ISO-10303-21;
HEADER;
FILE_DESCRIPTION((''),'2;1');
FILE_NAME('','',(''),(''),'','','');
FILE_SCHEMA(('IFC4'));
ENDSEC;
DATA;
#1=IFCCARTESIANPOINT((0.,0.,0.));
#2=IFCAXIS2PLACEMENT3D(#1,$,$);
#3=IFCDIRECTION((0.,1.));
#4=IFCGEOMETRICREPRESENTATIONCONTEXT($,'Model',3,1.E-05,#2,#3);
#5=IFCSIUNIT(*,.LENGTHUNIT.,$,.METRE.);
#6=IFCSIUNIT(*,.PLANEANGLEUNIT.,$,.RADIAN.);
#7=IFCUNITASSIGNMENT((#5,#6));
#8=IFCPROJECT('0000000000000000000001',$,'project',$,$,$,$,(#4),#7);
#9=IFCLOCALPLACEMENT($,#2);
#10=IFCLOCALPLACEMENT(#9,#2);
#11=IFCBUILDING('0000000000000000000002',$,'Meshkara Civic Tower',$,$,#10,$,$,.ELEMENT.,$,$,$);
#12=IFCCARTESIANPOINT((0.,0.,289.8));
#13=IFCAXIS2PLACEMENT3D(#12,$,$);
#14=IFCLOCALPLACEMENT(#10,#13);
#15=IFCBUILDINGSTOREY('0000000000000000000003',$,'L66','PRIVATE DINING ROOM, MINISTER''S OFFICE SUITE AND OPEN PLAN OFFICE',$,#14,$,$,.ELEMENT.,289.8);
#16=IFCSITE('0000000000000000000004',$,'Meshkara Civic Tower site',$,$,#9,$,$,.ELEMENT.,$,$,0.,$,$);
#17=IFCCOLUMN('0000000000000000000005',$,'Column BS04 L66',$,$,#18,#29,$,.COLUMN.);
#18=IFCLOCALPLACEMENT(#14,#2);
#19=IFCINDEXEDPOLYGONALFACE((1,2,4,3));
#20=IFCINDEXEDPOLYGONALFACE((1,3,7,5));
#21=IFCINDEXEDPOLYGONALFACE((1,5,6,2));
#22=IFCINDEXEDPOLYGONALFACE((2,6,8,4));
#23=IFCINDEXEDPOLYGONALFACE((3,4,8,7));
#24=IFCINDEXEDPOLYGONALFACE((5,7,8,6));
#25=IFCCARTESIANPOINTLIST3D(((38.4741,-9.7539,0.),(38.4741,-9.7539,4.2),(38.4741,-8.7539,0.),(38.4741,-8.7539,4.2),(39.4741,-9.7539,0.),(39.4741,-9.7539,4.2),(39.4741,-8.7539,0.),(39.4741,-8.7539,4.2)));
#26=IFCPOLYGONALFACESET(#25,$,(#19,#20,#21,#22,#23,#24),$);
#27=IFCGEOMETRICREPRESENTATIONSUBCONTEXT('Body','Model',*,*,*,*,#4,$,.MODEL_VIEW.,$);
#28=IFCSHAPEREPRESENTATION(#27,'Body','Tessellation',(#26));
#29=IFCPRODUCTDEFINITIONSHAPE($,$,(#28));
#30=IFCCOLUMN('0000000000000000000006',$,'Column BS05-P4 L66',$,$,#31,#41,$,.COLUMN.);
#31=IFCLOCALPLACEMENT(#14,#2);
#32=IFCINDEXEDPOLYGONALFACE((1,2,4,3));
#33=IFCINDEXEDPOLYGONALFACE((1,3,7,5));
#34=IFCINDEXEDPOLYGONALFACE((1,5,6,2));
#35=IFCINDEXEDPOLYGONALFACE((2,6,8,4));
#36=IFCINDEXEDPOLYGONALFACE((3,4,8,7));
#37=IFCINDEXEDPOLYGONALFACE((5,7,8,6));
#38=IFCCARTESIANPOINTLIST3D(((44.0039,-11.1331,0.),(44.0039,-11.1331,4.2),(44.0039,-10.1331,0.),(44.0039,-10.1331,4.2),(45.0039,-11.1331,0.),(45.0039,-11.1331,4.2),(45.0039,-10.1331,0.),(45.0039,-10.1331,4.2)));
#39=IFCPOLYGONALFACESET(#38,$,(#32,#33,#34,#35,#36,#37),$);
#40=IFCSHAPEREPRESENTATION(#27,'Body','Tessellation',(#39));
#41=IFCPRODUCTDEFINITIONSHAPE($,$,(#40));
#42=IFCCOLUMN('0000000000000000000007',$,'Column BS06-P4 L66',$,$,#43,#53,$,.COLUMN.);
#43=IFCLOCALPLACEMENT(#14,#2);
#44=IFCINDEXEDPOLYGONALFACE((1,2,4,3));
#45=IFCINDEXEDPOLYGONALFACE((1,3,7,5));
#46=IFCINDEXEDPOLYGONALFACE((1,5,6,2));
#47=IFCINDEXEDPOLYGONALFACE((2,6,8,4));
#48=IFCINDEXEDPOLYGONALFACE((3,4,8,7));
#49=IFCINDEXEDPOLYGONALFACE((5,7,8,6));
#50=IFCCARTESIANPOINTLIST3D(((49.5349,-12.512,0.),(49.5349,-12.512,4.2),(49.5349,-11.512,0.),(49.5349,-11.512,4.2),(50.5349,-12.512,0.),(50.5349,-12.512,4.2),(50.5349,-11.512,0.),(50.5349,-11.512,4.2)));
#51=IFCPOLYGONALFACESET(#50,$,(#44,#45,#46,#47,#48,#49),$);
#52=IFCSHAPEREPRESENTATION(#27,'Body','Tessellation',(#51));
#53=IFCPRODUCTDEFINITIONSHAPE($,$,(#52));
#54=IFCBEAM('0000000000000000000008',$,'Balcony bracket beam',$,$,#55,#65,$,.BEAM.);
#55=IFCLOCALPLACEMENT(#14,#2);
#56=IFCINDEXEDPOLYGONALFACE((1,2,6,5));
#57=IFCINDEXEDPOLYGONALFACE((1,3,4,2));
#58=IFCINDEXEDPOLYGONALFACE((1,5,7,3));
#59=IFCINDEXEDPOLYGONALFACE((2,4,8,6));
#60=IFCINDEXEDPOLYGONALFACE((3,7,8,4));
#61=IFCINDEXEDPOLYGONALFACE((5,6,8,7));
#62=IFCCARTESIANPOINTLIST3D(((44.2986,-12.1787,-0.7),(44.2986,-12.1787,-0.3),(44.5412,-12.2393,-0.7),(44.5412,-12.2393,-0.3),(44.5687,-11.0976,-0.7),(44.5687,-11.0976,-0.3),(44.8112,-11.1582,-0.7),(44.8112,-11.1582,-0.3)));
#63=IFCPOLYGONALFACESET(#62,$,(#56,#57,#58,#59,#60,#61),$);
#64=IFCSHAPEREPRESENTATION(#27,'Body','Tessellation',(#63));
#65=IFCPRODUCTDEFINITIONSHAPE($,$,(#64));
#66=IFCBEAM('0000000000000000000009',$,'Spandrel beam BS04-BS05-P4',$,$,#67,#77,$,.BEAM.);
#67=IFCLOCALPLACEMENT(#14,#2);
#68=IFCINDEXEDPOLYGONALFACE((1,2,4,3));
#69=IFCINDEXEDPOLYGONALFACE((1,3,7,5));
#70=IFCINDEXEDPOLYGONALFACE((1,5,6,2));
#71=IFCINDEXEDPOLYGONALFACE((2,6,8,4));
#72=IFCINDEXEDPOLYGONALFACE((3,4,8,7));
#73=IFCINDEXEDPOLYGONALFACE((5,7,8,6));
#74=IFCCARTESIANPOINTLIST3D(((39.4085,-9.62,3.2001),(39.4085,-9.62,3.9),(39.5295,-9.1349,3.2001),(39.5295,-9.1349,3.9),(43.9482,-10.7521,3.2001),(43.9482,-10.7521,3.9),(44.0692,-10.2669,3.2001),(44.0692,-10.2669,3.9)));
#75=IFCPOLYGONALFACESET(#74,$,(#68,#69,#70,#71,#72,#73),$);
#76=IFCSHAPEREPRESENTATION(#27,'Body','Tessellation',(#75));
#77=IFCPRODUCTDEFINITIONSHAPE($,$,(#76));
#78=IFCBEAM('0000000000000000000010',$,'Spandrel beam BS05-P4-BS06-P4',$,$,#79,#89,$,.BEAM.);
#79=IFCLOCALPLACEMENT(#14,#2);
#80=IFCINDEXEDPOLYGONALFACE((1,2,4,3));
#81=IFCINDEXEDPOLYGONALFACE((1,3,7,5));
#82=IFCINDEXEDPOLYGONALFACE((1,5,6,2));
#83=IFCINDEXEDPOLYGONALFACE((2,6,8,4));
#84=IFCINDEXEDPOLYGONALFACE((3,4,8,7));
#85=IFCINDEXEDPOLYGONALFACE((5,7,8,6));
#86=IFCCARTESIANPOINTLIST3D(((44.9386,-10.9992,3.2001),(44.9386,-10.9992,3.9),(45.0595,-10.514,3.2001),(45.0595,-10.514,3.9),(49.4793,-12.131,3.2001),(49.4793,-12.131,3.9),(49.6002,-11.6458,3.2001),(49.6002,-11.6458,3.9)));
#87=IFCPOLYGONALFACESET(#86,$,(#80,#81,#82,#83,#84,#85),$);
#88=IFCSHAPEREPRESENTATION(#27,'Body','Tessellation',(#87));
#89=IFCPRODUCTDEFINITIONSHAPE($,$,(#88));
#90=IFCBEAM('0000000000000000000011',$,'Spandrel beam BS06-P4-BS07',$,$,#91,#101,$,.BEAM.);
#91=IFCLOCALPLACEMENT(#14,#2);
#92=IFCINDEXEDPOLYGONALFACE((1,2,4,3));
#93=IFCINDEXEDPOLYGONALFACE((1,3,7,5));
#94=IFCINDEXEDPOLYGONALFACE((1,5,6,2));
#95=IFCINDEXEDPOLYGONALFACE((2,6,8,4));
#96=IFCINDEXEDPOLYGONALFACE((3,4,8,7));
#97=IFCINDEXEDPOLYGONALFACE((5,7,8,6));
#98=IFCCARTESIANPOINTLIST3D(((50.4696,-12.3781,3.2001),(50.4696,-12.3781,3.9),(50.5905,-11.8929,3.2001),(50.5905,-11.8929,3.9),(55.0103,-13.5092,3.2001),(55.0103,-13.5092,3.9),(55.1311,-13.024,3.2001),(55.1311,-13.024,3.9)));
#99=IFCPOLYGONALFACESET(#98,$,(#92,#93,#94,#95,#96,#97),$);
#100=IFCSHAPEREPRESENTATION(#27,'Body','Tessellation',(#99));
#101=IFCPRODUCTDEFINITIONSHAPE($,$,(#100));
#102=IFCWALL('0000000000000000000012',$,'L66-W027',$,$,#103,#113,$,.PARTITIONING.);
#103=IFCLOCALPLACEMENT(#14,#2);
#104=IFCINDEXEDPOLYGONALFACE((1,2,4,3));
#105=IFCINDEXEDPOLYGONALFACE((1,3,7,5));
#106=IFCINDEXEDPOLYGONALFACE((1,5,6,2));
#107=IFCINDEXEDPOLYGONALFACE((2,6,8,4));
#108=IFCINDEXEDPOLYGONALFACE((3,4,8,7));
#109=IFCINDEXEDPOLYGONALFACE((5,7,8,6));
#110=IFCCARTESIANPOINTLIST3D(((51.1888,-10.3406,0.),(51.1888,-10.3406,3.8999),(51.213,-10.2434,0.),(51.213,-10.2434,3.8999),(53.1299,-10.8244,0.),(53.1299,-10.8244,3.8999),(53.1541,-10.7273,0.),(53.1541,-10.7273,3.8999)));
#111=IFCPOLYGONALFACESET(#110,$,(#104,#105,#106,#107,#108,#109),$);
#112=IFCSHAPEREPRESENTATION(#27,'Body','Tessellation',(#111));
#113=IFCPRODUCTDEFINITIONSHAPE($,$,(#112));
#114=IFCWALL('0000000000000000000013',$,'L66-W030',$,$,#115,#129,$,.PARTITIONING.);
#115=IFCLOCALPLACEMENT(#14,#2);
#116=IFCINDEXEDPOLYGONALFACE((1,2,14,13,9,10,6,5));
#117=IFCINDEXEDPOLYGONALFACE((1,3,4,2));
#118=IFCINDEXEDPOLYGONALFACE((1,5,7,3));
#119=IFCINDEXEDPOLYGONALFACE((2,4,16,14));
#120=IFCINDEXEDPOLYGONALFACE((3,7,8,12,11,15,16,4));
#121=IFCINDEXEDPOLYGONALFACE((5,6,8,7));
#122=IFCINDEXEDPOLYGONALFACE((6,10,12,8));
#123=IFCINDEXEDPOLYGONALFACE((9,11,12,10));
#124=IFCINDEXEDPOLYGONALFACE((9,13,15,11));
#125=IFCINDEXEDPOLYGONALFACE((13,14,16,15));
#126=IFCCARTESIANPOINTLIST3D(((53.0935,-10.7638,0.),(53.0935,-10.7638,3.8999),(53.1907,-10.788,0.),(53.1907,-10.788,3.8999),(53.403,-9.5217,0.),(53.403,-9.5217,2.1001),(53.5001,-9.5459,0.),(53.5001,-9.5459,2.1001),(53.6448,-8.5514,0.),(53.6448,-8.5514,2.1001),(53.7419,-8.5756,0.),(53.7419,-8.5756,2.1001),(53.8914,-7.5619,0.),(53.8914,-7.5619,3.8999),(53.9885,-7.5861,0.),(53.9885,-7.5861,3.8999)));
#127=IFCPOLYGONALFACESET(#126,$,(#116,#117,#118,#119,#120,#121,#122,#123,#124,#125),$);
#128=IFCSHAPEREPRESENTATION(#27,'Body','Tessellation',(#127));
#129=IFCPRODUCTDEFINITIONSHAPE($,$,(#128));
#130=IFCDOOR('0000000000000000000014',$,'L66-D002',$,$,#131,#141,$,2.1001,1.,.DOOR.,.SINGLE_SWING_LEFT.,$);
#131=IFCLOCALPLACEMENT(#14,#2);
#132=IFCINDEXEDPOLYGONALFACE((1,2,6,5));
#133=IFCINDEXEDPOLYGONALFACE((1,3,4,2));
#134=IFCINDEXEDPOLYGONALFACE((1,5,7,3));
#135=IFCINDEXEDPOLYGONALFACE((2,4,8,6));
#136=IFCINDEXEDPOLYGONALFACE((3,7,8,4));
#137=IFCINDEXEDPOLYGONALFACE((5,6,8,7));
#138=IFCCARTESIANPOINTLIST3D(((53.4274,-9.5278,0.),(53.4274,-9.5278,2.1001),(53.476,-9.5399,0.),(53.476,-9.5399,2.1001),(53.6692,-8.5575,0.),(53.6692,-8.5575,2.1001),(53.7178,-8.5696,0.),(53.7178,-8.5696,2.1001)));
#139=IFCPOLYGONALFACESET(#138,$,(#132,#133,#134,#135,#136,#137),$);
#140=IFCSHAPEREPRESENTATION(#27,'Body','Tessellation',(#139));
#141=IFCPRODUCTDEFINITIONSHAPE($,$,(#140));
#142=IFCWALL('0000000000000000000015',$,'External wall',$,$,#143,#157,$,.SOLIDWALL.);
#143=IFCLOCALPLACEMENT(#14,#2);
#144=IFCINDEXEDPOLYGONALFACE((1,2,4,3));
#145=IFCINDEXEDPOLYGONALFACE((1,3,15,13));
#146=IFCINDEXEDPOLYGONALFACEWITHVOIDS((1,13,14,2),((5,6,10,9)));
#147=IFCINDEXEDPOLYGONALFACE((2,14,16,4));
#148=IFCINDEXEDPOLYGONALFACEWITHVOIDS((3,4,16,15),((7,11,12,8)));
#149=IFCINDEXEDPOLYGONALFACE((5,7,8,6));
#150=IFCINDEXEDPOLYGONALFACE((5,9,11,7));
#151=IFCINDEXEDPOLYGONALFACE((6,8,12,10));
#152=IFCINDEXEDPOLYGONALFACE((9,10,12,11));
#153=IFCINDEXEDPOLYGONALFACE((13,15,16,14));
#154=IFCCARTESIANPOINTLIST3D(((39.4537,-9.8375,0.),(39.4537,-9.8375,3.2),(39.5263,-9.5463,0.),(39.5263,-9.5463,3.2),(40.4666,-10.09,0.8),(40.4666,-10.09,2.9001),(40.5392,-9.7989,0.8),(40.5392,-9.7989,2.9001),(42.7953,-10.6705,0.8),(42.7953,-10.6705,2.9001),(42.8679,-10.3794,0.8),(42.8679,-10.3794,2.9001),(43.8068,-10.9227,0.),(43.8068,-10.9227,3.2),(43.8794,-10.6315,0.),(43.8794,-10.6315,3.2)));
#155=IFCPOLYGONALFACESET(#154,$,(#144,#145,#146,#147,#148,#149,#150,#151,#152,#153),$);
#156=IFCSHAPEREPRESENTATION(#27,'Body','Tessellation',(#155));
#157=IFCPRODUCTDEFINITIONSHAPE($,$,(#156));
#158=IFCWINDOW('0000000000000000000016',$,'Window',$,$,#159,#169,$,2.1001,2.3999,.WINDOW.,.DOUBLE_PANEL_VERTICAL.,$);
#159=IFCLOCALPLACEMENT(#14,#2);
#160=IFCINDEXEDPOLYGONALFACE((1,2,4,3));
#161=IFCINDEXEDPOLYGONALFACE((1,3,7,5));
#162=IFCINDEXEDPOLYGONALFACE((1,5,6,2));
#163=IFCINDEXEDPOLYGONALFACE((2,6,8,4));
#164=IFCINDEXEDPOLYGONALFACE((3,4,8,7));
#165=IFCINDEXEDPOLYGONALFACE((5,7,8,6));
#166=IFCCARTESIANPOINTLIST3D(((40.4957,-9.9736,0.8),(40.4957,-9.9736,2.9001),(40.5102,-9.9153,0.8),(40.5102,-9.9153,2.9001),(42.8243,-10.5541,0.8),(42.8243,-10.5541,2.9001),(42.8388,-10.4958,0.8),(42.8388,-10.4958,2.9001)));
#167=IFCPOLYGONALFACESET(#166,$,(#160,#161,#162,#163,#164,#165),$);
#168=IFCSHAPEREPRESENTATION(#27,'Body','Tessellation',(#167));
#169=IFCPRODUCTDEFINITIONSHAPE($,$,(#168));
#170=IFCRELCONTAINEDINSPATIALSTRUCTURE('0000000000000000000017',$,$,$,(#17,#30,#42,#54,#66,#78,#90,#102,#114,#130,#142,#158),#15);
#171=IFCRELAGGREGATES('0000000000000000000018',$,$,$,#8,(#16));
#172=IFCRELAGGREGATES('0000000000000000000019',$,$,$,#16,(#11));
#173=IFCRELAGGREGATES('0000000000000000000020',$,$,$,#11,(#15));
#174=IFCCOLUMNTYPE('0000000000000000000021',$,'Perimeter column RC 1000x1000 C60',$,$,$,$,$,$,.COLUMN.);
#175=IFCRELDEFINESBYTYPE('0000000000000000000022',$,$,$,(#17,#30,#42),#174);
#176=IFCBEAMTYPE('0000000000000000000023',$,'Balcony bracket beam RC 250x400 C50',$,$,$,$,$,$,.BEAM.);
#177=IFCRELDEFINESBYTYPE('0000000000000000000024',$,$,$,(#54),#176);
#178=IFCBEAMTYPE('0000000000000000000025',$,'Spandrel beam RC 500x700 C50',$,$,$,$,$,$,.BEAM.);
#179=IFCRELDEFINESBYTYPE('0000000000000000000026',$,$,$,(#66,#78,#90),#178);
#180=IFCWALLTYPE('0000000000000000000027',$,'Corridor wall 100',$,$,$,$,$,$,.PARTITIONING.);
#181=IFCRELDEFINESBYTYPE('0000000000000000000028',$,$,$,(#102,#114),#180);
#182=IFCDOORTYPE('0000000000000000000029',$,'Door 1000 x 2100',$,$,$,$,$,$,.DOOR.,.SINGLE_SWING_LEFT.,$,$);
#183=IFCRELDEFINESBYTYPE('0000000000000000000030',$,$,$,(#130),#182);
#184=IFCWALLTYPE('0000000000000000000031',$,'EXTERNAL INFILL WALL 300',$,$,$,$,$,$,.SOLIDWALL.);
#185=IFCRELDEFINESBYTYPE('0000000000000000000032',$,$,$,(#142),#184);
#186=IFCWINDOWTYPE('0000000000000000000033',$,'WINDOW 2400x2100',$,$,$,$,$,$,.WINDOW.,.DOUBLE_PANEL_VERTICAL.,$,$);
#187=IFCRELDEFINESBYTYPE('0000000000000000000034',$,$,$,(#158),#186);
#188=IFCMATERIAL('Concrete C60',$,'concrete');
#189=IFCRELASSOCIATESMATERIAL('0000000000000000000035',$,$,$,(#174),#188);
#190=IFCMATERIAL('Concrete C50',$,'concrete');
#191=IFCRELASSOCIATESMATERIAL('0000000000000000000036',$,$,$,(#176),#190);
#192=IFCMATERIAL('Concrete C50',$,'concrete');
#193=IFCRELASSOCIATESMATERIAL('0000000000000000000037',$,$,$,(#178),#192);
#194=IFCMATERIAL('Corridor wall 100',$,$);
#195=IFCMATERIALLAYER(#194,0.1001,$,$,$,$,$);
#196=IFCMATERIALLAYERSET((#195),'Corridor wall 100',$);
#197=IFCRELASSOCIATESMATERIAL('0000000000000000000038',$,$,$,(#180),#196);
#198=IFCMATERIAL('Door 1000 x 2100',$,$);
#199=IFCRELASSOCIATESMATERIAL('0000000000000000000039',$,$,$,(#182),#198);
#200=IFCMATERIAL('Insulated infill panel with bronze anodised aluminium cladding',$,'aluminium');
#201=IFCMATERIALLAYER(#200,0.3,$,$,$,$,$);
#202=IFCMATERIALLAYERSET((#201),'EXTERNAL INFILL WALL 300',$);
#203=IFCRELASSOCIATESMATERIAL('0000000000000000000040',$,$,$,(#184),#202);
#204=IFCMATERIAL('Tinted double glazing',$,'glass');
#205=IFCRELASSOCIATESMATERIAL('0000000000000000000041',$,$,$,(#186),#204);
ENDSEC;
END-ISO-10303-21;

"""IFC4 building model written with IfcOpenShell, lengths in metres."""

from ifc_helpers import new_model, si_unit, direction, frame, frame_2d, origin, origin_2d, place, context, subcontext, project, spatial, rectangle, extrude, material, layer, layer_set, material_profile, profile_set, type_object, element, fill, save


model = new_model("IFC4")

# Units and contexts
model_context = context("Model", 3, precision=1e-05, world=origin(), true_north=direction((0.0, 1.0)))
body_context = subcontext(model_context, "Body", "Model", "MODEL_VIEW")
ifc_project = project(units=[si_unit("LENGTHUNIT", "METRE"), si_unit("PLANEANGLEUNIT", "RADIAN")], contexts=[model_context])

# Site, building, storey
site_placement = place(None, origin())
site = spatial("IfcSite", under=ifc_project, at=site_placement, Name="Meshkara Civic Tower site", CompositionType="ELEMENT", RefElevation=0.0)
building_placement = place(site_placement, origin())
building = spatial("IfcBuilding", under=site, at=building_placement, Name="Meshkara Civic Tower", CompositionType="ELEMENT")
storey_placement = place(building_placement, frame((0.0, 0.0, 289.8)))
storey = spatial("IfcBuildingStorey", under=building, at=storey_placement, Name="L66", Description="PRIVATE DINING ROOM, MINISTER'S OFFICE SUITE AND OPEN PLAN OFFICE", CompositionType="ELEMENT", Elevation=289.8)

# Columns
ifc_material_1 = material(Name="Concrete C60", Category="concrete")
ifc_material_profile_1 = material_profile(ifc_material_1, rectangle(XDim=1.0, YDim=1.0, at=origin_2d()))
ifc_profile_set_1 = profile_set([ifc_material_profile_1], Name="Concrete C60")
column_type = type_object("IfcColumnType", Name="Perimeter column RC 1000x1000 C60", PredefinedType="COLUMN", material=ifc_profile_set_1)
for number, where, z_axis, x_axis, name in (
    (1, (38.9741, -9.2539, 0.0), (0.0, 0.0, 1.0), (1.0, 0.0, 0.0), "Column BS04 L66"),
    (2, (44.5039, -10.6331, 0.0), (0.0, 0.0, 1.0), (1.0, 0.0, 0.0), "Column BS05-P4 L66"),
    (3, (50.0349, -12.012, 0.0), (0.0, 0.0, 1.0), (1.0, 0.0, 0.0), "Column BS06-P4 L66"),
):
    element("IfcColumn", number, at=place(storey_placement, frame(where, z_axis=z_axis, x_axis=x_axis)), inside=storey, type_object=column_type, Name=name, PredefinedType="COLUMN", context=body_context, shape_type="SweptSolid", body=[
        extrude(rectangle(XDim=1.0, YDim=1.0, at=origin_2d()), origin(), (0.0, 0.0, 1.0), 4.2),
    ])

# Beams
ifc_material_2 = material(Name="Concrete C50", Category="concrete")
ifc_material_profile_2 = material_profile(ifc_material_2, rectangle(XDim=0.25, YDim=0.3999, at=origin_2d()))
ifc_profile_set_2 = profile_set([ifc_material_profile_2], Name="Concrete C50")
beam_type_1 = type_object("IfcBeamType", Name="Balcony bracket beam RC 250x400 C50", PredefinedType="BEAM", material=ifc_profile_set_2)
beam_1_placement = place(storey_placement, frame((44.6899, -11.1279, -0.5), z_axis=(-0.242329, -0.970194, 0.0), x_axis=(0.970194, -0.242329, 0.0)))
element("IfcBeam", 4, at=beam_1_placement, inside=storey, type_object=beam_type_1, Name="Balcony bracket beam", PredefinedType="BEAM", context=body_context, shape_type="SweptSolid", body=[
    extrude(rectangle(XDim=0.25, YDim=0.3999, at=origin_2d()), origin(), (0.0, 0.0, 1.0), 1.1143),
])
ifc_material_3 = material(Name="Concrete C50", Category="concrete")
ifc_material_profile_3 = material_profile(ifc_material_3, rectangle(XDim=0.5, YDim=0.7, at=origin_2d()))
ifc_profile_set_3 = profile_set([ifc_material_profile_3], Name="Concrete C50")
beam_type_2 = type_object("IfcBeamType", Name="Spandrel beam RC 500x700 C50", PredefinedType="BEAM", material=ifc_profile_set_3)
beam_2_placement = place(storey_placement, frame((39.469, -9.3774, 3.55), z_axis=(0.970287, -0.241959, 0.0), x_axis=(0.241959, 0.970287, 0.0)))
element("IfcBeam", 5, at=beam_2_placement, inside=storey, type_object=beam_type_2, Name="Spandrel beam BS04-BS05-P4", PredefinedType="BEAM", context=body_context, shape_type="SweptSolid", body=[
    extrude(rectangle(XDim=0.5, YDim=0.7, at=origin_2d()), origin(), (0.0, 0.0, 1.0), 4.6787),
])
beam_3_placement = place(storey_placement, frame((44.999, -10.7566, 3.55), z_axis=(0.970311, -0.24186, 0.0), x_axis=(0.24186, 0.970311, 0.0)))
element("IfcBeam", 6, at=beam_3_placement, inside=storey, type_object=beam_type_2, Name="Spandrel beam BS05-P4-BS06-P4", PredefinedType="BEAM", context=body_context, shape_type="SweptSolid", body=[
    extrude(rectangle(XDim=0.5, YDim=0.7, at=origin_2d()), origin(), (0.0, 0.0, 1.0), 4.6797),
])
beam_4_placement = place(storey_placement, frame((50.53, -12.1355, 3.55), z_axis=(0.970348, -0.241713, 0.0), x_axis=(0.241713, 0.970348, 0.0)))
element("IfcBeam", 7, at=beam_4_placement, inside=storey, type_object=beam_type_2, Name="Spandrel beam BS06-P4-BS07", PredefinedType="BEAM", context=body_context, shape_type="SweptSolid", body=[
    extrude(rectangle(XDim=0.5, YDim=0.7, at=origin_2d()), origin(), (0.0, 0.0, 1.0), 4.6794),
])

# Wall
ifc_material_4 = material(Name="Corridor wall 100")
ifc_layer_1 = layer(ifc_material_4, 0.1001)
ifc_layer_set_1 = layer_set([ifc_layer_1], Name="Corridor wall 100")
wall_type_1 = type_object("IfcWallType", Name="Corridor wall 100", PredefinedType="PARTITIONING", material=ifc_layer_set_1)
wall_1_placement = place(storey_placement, frame((51.2009, -10.292, 0.0), z_axis=(0.0, 0.0, 1.0), x_axis=(0.970307, -0.241875, 0.0)))
element("IfcWall", 8, at=wall_1_placement, inside=storey, type_object=wall_type_1, Name="L66-W027", PredefinedType="PARTITIONING", context=body_context, shape_type="SweptSolid", body=[
    extrude(rectangle(XDim=2.0005, YDim=0.1001, at=frame_2d((1.0002, 0.0))), origin(), (0.0, 0.0, 1.0), 3.8999),
])

# Wall, opening, door
wall_2_placement = place(storey_placement, frame((53.1421, -10.7759, 0.0), z_axis=(0.0, 0.0, 1.0), x_axis=(0.241787, 0.970329, 0.0)))
wall_2 = element("IfcWall", 9, at=wall_2_placement, inside=storey, type_object=wall_type_1, Name="L66-W030", PredefinedType="PARTITIONING", context=body_context, shape_type="SweptSolid", body=[
    extrude(rectangle(XDim=3.2998, YDim=0.1001, at=frame_2d((1.6499, 0.0))), origin(), (0.0, 0.0, 1.0), 3.8999),
])
opening_1_placement = place(wall_2_placement, frame((1.28, 0.0, 0.0)))
opening_1 = element("IfcOpeningElement", 10, at=opening_1_placement, cuts=wall_2, PredefinedType="OPENING", context=body_context, shape_type="SweptSolid", body=[
    extrude(rectangle(XDim=1.0, YDim=2.1001, at=frame_2d((0.5, 1.05))), frame((0.0, 0.0601, 0.0), z_axis=(0.0, -1.0, 0.0), x_axis=(1.0, 0.0, 0.0)), (0.0, 0.0, 1.0), 0.1201),
])
ifc_material_5 = material(Name="Door 1000 x 2100")
door_type_1 = type_object("IfcDoorType", Name="Door 1000 x 2100", OperationType="SINGLE_SWING_LEFT", PredefinedType="DOOR", material=ifc_material_5)
door_1_placement = place(opening_1_placement, origin())
door_1 = element("IfcDoor", 11, at=door_1_placement, inside=storey, type_object=door_type_1, Name="L66-D002", OperationType="SINGLE_SWING_LEFT", OverallHeight=2.1001, OverallWidth=1.0, PredefinedType="DOOR", context=body_context, shape_type="SweptSolid", body=[
    extrude(rectangle(XDim=1.0, YDim=2.1001, at=frame_2d((0.5, 1.05))), frame((0.0, 0.0249, 0.0), z_axis=(0.0, -1.0, 0.0), x_axis=(1.0, 0.0, 0.0)), (0.0, 0.0, 1.0), 0.05),
])
fill(opening_1, door_1)

# Wall, opening, window
ifc_material_6 = material(Name="Insulated infill panel with bronze anodised aluminium cladding", Category="aluminium")
ifc_layer_2 = layer(ifc_material_6, 0.3)
ifc_layer_set_2 = layer_set([ifc_layer_2], Name="EXTERNAL INFILL WALL 300")
wall_type_2 = type_object("IfcWallType", Name="EXTERNAL INFILL WALL 300", PredefinedType="SOLIDWALL", material=ifc_layer_set_2)
wall_3_placement = place(storey_placement, frame((39.49, -9.6919, 0.0), z_axis=(0.0, 0.0, 1.0), x_axis=(0.970302, -0.241895, 0.0)))
wall_3 = element("IfcWall", 12, at=wall_3_placement, inside=storey, type_object=wall_type_2, Name="External wall", PredefinedType="SOLIDWALL", context=body_context, shape_type="SweptSolid", body=[
    extrude(rectangle(XDim=4.4863, YDim=0.3, at=frame_2d((2.2432, 0.0))), origin(), (0.0, 0.0, 1.0), 3.2),
])
opening_2_placement = place(wall_3_placement, frame((1.0439, 0.0, 0.8)))
opening_2 = element("IfcOpeningElement", 13, at=opening_2_placement, cuts=wall_3, PredefinedType="OPENING", context=body_context, shape_type="SweptSolid", body=[
    extrude(rectangle(XDim=2.3999, YDim=2.1001, at=frame_2d((1.2, 1.05))), frame((0.0, 0.1599, 0.0), z_axis=(0.0, -1.0, 0.0), x_axis=(1.0, 0.0, 0.0)), (0.0, 0.0, 1.0), 0.3201),
])
ifc_material_7 = material(Name="Tinted double glazing", Category="glass")
window_type = type_object("IfcWindowType", Name="WINDOW 2400x2100", PartitioningType="DOUBLE_PANEL_VERTICAL", PredefinedType="WINDOW", material=ifc_material_7)
window_1_placement = place(opening_2_placement, origin())
window_1 = element("IfcWindow", 14, at=window_1_placement, inside=storey, type_object=window_type, Name="Window", OverallHeight=2.1001, OverallWidth=2.3999, PartitioningType="DOUBLE_PANEL_VERTICAL", PredefinedType="WINDOW", context=body_context, shape_type="SweptSolid", body=[
    extrude(rectangle(XDim=2.3999, YDim=2.1001, at=frame_2d((1.2, 1.05))), frame((0.0, 0.03, 0.0), z_axis=(0.0, -1.0, 0.0), x_axis=(1.0, 0.0, 0.0)), (0.0, 0.0, 1.0), 0.0601),
])
fill(opening_2, window_1)

save(model, "model.ifc")
